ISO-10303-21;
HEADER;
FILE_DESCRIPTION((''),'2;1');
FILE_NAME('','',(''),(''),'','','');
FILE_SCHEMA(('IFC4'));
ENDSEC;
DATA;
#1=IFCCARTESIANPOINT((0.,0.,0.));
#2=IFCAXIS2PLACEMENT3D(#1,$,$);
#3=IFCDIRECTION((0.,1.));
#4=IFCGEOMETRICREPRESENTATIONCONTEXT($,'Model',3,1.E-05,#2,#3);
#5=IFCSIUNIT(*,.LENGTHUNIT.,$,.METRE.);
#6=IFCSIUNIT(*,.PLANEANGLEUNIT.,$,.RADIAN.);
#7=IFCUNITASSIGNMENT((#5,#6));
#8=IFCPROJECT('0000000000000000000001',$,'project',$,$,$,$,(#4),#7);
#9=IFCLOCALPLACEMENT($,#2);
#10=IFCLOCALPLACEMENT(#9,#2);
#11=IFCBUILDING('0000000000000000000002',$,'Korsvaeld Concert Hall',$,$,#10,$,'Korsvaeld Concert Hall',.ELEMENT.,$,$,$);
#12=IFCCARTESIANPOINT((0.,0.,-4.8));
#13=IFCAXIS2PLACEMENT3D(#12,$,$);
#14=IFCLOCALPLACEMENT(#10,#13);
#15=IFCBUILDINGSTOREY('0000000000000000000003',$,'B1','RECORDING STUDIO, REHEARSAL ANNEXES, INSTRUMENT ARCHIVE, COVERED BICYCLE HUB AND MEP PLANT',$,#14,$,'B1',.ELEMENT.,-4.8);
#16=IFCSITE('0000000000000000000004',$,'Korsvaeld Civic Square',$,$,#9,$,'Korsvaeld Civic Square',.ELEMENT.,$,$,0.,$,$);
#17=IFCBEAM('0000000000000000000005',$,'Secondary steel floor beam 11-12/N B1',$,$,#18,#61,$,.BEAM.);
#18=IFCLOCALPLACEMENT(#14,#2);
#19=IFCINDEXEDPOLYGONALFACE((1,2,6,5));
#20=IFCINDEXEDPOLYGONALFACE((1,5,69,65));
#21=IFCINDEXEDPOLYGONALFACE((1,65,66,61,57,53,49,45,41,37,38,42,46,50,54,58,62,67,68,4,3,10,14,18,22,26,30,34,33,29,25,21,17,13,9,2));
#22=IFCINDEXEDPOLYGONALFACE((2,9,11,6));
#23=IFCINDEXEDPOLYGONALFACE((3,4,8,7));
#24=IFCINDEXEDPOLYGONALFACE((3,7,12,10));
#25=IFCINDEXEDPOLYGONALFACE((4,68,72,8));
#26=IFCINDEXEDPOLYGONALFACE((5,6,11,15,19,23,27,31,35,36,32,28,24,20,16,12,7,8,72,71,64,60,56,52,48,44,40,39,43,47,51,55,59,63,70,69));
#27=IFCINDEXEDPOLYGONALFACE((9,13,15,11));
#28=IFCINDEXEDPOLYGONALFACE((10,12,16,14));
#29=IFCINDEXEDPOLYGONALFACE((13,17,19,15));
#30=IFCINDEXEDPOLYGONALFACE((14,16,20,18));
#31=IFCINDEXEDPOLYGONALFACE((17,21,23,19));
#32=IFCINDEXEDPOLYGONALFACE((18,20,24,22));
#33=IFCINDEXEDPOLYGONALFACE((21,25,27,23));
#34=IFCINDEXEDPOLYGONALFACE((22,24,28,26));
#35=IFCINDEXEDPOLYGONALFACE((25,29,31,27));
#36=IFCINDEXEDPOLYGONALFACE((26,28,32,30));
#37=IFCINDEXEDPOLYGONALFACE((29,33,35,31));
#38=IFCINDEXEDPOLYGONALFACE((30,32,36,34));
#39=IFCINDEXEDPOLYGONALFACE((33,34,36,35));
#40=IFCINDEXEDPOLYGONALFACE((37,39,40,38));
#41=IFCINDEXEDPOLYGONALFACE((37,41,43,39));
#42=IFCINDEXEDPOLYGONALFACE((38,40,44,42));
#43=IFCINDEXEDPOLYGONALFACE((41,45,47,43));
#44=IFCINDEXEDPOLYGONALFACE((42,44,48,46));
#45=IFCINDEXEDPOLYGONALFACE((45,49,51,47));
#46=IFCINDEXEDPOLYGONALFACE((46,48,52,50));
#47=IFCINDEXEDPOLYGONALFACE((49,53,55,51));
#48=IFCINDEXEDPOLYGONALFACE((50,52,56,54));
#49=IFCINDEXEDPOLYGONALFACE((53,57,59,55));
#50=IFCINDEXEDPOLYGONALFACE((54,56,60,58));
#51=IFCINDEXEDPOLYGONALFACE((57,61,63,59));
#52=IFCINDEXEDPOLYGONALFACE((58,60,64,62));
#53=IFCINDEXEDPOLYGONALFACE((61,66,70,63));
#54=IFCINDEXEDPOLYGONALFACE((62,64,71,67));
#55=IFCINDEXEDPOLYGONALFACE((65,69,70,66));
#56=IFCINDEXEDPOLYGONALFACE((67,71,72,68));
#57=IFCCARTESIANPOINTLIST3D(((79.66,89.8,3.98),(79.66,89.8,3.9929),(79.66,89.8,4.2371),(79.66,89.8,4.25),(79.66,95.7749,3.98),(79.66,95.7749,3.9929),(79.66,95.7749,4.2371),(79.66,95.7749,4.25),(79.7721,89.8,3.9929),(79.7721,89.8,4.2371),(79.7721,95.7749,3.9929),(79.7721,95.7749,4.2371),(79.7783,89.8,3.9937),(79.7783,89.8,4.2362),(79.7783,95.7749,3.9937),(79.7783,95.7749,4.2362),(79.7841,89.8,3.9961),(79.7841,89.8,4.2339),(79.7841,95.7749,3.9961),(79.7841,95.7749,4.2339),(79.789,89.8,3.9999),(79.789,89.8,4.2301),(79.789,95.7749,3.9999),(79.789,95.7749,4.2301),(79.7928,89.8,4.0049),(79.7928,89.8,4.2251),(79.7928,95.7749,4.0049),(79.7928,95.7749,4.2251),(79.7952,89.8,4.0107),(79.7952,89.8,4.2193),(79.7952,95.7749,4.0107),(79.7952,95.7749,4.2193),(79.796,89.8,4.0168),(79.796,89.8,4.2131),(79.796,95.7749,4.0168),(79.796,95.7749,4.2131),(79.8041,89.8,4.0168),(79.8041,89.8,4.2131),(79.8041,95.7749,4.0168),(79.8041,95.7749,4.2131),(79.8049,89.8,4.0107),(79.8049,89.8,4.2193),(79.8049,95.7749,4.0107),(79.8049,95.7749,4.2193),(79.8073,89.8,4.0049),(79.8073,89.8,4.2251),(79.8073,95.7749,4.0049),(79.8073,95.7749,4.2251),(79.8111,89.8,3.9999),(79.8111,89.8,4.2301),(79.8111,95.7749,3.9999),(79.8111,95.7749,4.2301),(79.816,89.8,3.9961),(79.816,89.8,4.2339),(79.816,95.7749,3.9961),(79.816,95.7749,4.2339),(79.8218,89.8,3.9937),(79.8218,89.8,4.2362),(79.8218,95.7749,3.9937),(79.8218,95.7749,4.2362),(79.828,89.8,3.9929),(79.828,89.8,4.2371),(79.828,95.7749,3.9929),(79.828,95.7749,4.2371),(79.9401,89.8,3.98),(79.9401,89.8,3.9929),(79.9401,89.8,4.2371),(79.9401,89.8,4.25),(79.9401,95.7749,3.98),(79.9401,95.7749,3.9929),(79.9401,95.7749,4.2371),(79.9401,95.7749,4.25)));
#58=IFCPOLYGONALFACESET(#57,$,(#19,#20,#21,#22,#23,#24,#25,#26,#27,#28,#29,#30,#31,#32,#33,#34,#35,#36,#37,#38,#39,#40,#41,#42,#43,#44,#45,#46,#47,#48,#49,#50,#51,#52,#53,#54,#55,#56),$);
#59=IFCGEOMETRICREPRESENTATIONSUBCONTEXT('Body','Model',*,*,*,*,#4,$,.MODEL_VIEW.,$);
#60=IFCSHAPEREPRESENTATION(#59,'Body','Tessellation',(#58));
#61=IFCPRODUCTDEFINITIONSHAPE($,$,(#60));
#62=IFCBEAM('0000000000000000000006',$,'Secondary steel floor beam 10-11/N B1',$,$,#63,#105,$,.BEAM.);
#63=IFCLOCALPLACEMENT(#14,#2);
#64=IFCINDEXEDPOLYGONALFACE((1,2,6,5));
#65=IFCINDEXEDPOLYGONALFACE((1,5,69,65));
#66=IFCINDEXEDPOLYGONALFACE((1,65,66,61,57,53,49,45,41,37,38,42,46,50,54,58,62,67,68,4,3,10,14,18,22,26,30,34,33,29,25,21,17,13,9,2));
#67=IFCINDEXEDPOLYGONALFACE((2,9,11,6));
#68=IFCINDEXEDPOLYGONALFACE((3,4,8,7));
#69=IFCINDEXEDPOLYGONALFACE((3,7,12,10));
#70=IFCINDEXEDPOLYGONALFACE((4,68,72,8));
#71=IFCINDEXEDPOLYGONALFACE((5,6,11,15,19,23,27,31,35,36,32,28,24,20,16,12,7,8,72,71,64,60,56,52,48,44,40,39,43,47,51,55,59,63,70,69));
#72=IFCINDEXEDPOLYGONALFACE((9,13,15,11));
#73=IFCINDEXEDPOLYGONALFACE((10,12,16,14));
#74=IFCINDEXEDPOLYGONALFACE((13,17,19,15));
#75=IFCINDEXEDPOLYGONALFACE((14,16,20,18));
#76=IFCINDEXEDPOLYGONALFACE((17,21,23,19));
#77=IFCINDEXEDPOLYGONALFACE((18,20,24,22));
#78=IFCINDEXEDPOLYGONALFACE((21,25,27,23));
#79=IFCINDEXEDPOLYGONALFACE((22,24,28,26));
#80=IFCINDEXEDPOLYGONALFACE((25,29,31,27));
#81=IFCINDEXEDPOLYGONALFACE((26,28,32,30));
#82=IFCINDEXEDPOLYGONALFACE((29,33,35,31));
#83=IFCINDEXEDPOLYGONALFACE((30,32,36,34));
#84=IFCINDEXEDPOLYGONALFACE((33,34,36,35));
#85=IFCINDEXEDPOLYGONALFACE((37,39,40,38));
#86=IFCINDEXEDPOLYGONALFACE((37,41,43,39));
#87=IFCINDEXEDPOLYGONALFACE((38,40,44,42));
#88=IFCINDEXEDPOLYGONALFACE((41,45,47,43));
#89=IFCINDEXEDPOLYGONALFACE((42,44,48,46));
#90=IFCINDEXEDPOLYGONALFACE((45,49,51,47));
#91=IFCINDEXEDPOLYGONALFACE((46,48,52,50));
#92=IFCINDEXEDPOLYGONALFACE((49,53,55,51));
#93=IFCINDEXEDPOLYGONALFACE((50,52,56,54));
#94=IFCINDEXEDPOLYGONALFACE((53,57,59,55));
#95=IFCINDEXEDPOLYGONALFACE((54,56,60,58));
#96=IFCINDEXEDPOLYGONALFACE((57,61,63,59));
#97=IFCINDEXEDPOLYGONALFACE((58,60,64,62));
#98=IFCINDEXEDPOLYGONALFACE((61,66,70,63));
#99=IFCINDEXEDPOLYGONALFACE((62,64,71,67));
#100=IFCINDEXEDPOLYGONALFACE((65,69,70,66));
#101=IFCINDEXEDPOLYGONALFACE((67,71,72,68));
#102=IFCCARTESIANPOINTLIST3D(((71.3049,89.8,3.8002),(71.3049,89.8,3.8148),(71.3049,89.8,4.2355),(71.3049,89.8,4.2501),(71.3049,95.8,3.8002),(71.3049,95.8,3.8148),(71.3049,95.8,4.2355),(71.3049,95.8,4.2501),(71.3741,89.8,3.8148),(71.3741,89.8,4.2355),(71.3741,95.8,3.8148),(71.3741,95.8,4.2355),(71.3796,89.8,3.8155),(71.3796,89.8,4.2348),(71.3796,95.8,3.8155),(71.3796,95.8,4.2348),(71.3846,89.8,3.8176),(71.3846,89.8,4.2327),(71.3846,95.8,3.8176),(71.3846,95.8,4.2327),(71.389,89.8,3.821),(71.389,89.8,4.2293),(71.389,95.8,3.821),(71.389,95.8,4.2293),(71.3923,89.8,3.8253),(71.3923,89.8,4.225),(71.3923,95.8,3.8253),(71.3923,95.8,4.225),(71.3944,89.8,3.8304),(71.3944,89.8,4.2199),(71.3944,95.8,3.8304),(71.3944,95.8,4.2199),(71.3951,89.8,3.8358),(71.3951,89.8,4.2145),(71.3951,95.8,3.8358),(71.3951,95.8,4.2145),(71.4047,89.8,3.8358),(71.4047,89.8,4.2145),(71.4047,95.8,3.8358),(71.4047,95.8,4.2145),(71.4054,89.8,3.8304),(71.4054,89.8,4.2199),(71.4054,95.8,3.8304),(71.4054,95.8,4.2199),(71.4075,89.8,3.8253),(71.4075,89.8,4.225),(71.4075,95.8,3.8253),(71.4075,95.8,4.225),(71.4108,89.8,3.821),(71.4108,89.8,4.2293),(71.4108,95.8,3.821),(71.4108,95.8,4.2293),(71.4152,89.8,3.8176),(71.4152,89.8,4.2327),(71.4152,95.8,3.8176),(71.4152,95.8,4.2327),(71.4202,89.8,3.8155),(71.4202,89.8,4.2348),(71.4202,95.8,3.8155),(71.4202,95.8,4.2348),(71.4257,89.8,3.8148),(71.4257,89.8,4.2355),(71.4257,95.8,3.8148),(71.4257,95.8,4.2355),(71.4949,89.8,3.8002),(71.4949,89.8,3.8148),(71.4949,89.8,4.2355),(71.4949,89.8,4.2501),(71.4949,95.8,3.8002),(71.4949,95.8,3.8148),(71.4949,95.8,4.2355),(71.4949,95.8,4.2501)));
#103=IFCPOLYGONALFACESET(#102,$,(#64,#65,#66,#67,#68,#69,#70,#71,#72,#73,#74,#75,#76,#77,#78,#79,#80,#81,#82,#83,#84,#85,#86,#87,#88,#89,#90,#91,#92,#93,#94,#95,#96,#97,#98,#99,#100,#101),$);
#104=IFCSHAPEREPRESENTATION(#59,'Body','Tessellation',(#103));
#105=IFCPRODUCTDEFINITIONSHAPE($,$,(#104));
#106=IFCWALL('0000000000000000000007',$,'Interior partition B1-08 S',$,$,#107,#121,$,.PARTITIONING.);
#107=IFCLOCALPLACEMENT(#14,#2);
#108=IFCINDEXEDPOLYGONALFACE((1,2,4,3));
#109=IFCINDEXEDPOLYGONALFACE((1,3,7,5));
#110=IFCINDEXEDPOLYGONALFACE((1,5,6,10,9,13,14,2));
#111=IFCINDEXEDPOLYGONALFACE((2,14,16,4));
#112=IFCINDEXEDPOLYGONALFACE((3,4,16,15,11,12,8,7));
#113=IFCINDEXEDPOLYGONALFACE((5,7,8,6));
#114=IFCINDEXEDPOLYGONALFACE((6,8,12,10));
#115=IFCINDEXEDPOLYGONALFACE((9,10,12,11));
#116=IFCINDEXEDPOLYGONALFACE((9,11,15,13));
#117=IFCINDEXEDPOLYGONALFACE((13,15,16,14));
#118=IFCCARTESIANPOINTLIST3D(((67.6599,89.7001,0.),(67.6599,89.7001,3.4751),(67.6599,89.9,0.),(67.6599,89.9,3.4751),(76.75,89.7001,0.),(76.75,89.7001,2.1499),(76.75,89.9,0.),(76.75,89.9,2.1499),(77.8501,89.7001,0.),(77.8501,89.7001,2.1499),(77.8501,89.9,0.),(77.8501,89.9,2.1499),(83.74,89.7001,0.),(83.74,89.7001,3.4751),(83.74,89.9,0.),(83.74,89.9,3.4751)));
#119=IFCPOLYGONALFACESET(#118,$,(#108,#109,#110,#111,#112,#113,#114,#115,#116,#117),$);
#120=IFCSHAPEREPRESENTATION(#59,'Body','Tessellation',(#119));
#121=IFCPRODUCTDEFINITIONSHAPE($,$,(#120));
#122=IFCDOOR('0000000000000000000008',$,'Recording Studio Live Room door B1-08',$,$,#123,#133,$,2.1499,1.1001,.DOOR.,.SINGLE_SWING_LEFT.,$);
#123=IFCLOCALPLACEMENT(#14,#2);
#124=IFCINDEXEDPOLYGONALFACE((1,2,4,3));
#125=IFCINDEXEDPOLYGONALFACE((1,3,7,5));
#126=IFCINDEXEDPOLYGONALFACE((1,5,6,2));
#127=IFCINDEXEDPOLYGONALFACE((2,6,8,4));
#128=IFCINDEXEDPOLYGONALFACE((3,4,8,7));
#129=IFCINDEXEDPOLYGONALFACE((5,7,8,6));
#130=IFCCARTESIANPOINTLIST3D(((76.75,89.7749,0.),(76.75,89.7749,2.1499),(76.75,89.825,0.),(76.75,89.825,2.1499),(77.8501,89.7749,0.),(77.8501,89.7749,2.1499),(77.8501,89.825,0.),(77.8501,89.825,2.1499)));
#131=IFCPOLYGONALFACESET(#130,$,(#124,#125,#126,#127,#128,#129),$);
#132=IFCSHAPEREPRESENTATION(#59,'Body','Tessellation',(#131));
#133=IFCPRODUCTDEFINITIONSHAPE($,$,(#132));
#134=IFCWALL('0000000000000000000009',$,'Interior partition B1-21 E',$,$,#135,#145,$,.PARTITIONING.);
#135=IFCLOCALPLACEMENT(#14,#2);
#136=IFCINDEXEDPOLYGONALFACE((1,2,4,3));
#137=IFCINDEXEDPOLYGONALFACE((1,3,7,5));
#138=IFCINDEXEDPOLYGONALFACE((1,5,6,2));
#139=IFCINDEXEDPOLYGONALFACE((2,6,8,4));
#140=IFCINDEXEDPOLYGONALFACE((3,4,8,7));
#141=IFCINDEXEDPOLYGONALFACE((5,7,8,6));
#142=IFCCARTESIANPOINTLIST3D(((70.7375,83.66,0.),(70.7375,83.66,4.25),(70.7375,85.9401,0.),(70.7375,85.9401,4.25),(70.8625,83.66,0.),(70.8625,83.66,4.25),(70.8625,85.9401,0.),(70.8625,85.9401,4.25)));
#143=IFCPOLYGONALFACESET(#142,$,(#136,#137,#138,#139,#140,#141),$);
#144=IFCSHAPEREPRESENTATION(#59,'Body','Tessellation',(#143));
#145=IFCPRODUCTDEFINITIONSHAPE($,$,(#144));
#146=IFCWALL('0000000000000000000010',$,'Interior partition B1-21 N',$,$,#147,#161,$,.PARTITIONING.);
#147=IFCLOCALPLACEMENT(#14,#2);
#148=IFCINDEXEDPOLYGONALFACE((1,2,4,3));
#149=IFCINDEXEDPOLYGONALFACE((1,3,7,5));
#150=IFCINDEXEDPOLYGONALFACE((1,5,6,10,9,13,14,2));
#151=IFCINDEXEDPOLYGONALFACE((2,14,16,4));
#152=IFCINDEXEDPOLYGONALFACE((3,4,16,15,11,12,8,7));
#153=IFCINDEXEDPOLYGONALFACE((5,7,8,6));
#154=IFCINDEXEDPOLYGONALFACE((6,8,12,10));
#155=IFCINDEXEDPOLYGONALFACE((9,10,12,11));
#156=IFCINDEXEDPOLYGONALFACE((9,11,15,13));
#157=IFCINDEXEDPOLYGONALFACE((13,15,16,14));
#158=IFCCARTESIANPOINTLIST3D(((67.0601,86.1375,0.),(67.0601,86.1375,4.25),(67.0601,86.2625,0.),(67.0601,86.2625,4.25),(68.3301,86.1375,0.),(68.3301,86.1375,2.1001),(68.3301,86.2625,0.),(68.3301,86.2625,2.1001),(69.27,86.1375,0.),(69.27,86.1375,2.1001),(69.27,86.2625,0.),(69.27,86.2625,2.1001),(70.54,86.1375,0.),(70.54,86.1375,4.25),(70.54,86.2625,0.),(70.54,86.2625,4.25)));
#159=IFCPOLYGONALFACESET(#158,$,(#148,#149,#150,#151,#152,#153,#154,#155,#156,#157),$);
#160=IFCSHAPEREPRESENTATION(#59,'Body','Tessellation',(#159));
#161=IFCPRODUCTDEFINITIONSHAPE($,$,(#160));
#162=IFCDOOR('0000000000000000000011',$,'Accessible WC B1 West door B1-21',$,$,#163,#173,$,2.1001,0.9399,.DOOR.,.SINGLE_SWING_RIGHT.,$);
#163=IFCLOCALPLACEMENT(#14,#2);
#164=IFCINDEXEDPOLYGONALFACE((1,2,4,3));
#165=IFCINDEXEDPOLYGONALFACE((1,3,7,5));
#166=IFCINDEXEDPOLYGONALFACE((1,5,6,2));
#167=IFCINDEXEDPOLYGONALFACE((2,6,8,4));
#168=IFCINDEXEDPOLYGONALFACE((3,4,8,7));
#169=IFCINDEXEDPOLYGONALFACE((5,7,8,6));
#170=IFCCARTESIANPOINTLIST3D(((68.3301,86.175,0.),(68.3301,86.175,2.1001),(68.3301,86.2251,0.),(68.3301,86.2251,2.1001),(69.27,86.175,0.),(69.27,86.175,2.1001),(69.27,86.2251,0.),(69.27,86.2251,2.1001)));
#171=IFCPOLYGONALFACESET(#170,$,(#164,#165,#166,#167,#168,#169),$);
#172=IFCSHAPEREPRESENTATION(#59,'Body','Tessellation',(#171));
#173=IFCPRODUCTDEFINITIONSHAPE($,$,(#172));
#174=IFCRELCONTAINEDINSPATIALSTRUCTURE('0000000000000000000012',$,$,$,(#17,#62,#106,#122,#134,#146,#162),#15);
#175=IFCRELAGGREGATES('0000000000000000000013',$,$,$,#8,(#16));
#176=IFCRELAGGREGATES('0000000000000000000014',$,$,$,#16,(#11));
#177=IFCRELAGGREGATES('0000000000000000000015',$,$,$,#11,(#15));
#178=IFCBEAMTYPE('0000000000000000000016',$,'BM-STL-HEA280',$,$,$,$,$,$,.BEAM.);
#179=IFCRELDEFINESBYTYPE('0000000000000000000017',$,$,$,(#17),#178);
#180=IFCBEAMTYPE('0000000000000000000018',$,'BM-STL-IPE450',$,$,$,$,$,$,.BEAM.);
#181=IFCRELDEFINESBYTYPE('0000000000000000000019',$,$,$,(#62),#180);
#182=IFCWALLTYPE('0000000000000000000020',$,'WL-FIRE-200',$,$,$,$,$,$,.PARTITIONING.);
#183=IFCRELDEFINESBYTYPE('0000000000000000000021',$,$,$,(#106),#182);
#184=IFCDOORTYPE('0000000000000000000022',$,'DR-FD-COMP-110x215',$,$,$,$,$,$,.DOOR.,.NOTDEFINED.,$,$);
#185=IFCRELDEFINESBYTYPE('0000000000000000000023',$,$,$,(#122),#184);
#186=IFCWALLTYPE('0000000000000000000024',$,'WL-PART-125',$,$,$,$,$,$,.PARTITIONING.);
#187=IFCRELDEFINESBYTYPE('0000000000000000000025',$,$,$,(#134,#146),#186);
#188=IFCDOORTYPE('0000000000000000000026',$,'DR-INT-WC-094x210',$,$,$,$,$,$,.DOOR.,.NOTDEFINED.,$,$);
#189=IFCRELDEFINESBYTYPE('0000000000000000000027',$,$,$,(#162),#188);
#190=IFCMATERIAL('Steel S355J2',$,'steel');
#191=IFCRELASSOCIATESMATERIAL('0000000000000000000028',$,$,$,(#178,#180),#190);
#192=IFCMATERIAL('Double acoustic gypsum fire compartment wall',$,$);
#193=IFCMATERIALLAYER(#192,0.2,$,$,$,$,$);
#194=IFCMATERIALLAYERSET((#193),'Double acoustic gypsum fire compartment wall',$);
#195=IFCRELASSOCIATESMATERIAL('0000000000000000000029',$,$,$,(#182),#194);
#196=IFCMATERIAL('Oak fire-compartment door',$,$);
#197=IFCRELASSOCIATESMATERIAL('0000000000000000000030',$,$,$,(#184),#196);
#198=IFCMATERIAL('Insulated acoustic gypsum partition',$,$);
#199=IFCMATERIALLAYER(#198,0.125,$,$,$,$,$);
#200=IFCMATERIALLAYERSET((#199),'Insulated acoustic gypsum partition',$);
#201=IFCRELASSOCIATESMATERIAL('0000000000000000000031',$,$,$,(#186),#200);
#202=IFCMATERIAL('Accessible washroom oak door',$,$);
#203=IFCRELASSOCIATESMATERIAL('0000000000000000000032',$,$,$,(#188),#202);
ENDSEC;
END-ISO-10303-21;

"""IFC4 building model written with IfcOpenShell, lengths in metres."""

from ifc_helpers import new_model, si_unit, direction, frame, frame_2d, origin, origin_2d, place, context, subcontext, project, spatial, rectangle, i_section, extrude, material, layer, layer_set, material_profile, profile_set, type_object, element, fill, save


model = new_model("IFC4")

# Units and contexts
model_context = context("Model", 3, precision=1e-05, world=origin(), true_north=direction((0.0, 1.0)))
body_context = subcontext(model_context, "Body", "Model", "MODEL_VIEW")
ifc_project = project(units=[si_unit("LENGTHUNIT", "METRE"), si_unit("PLANEANGLEUNIT", "RADIAN")], contexts=[model_context])

# Site, building, storey
site_placement = place(None, origin())
site = spatial("IfcSite", under=ifc_project, at=site_placement, Name="Korsvaeld Civic Square", LongName="Korsvaeld Civic Square", CompositionType="ELEMENT", RefElevation=0.0)
building_placement = place(site_placement, origin())
building = spatial("IfcBuilding", under=site, at=building_placement, Name="Korsvaeld Concert Hall", LongName="Korsvaeld Concert Hall", CompositionType="ELEMENT")
storey_placement = place(building_placement, frame((0.0, 0.0, -4.8)))
storey = spatial("IfcBuildingStorey", under=building, at=storey_placement, Name="B1", Description="RECORDING STUDIO, REHEARSAL ANNEXES, INSTRUMENT ARCHIVE, COVERED BICYCLE HUB AND MEP PLANT", LongName="B1", CompositionType="ELEMENT", Elevation=-4.8)

# Beams
ifc_material_1 = material(Name="Steel S355J2", Category="steel")
ifc_material_profile_1 = material_profile(ifc_material_1, i_section(OverallWidth=0.28, OverallDepth=0.27, WebThickness=0.0081, FlangeThickness=0.0129, FilletRadius=0.0239, at=origin_2d()), Name="HEA 280")
ifc_profile_set_1 = profile_set([ifc_material_profile_1], Name="Steel S355J2")
beam_type_1 = type_object("IfcBeamType", Name="BM-STL-HEA280", PredefinedType="BEAM", material=ifc_profile_set_1)
beam_1_placement = place(storey_placement, frame((79.8, 89.8, 4.115), z_axis=(0.0, 1.0, 0.0), x_axis=(-1.0, 0.0, 0.0)))
element("IfcBeam", 1, at=beam_1_placement, inside=storey, type_object=beam_type_1, Name="Secondary steel floor beam 11-12/N B1", PredefinedType="BEAM", context=body_context, shape_type="SweptSolid", body=[
    extrude(i_section(OverallWidth=0.28, OverallDepth=0.27, WebThickness=0.0081, FlangeThickness=0.0129, FilletRadius=0.0239, at=origin_2d()), origin(), (0.0, 0.0, 1.0), 5.9749),
])
ifc_material_profile_2 = material_profile(ifc_material_1, i_section(OverallWidth=0.1899, OverallDepth=0.45, WebThickness=0.0095, FlangeThickness=0.0146, FilletRadius=0.021, at=origin_2d()), Name="IPE 450")
ifc_profile_set_2 = profile_set([ifc_material_profile_2], Name="Steel S355J2")
beam_type_2 = type_object("IfcBeamType", Name="BM-STL-IPE450", PredefinedType="BEAM", material=ifc_profile_set_2)
beam_2_placement = place(storey_placement, frame((71.3999, 89.8, 4.0251), z_axis=(0.0, 1.0, 0.0), x_axis=(-1.0, 0.0, 0.0)))
element("IfcBeam", 2, at=beam_2_placement, inside=storey, type_object=beam_type_2, Name="Secondary steel floor beam 10-11/N B1", PredefinedType="BEAM", context=body_context, shape_type="SweptSolid", body=[
    extrude(i_section(OverallWidth=0.1899, OverallDepth=0.45, WebThickness=0.0095, FlangeThickness=0.0146, FilletRadius=0.021, at=origin_2d()), origin(), (0.0, 0.0, 1.0), 6.0),
])

# Wall, opening, door
ifc_material_2 = material(Name="Double acoustic gypsum fire compartment wall")
ifc_layer_1 = layer(ifc_material_2, 0.2)
ifc_layer_set_1 = layer_set([ifc_layer_1], Name="Double acoustic gypsum fire compartment wall")
wall_type_1 = type_object("IfcWallType", Name="WL-FIRE-200", PredefinedType="PARTITIONING", material=ifc_layer_set_1)
wall_1_placement = place(storey_placement, frame((67.6599, 89.8, 0.0), z_axis=(0.0, 0.0, 1.0), x_axis=(1.0, 0.0, 0.0)))
wall_1 = element("IfcWall", 3, at=wall_1_placement, inside=storey, type_object=wall_type_1, Name="Interior partition B1-08 S", PredefinedType="PARTITIONING", context=body_context, shape_type="SweptSolid", body=[
    extrude(rectangle(XDim=16.0801, YDim=0.2, at=frame_2d((8.04, 0.0))), origin(), (0.0, 0.0, 1.0), 3.4751),
])
opening_1_placement = place(wall_1_placement, frame((9.0901, 0.0, 0.0)))
opening_1 = element("IfcOpeningElement", 4, at=opening_1_placement, cuts=wall_1, PredefinedType="OPENING", context=body_context, shape_type="SweptSolid", body=[
    extrude(rectangle(XDim=1.1001, YDim=2.1499, at=frame_2d((0.55, 1.075))), frame((0.0, 0.1099, 0.0), z_axis=(0.0, -1.0, 0.0), x_axis=(1.0, 0.0, 0.0)), (0.0, 0.0, 1.0), 0.22),
])
ifc_material_3 = material(Name="Oak fire-compartment door")
door_type_1 = type_object("IfcDoorType", Name="DR-FD-COMP-110x215", OperationType="NOTDEFINED", PredefinedType="DOOR", material=ifc_material_3)
door_1_placement = place(opening_1_placement, origin())
door_1 = element("IfcDoor", 5, at=door_1_placement, inside=storey, type_object=door_type_1, Name="Recording Studio Live Room door B1-08", OperationType="SINGLE_SWING_LEFT", OverallHeight=2.1499, OverallWidth=1.1001, PredefinedType="DOOR", context=body_context, shape_type="SweptSolid", body=[
    extrude(rectangle(XDim=1.1001, YDim=2.1499, at=frame_2d((0.55, 1.075))), frame((0.0, 0.0249, 0.0), z_axis=(0.0, -1.0, 0.0), x_axis=(1.0, 0.0, 0.0)), (0.0, 0.0, 1.0), 0.05),
])
fill(opening_1, door_1)

# Wall
ifc_material_4 = material(Name="Insulated acoustic gypsum partition")
ifc_layer_2 = layer(ifc_material_4, 0.125)
ifc_layer_set_2 = layer_set([ifc_layer_2], Name="Insulated acoustic gypsum partition")
wall_type_2 = type_object("IfcWallType", Name="WL-PART-125", PredefinedType="PARTITIONING", material=ifc_layer_set_2)
wall_2_placement = place(storey_placement, frame((70.8, 83.6599, 0.0), z_axis=(0.0, 0.0, 1.0), x_axis=(0.0, 1.0, 0.0)))
element("IfcWall", 6, at=wall_2_placement, inside=storey, type_object=wall_type_2, Name="Interior partition B1-21 E", PredefinedType="PARTITIONING", context=body_context, shape_type="SweptSolid", body=[
    extrude(rectangle(XDim=2.28, YDim=0.125, at=frame_2d((1.1401, 0.0))), origin(), (0.0, 0.0, 1.0), 4.25),
])

# Wall, opening, door
wall_3_placement = place(storey_placement, frame((70.54, 86.2, 0.0), z_axis=(0.0, 0.0, 1.0), x_axis=(-1.0, 0.0, 0.0)))
wall_3 = element("IfcWall", 7, at=wall_3_placement, inside=storey, type_object=wall_type_2, Name="Interior partition B1-21 N", PredefinedType="PARTITIONING", context=body_context, shape_type="SweptSolid", body=[
    extrude(rectangle(XDim=3.48, YDim=0.125, at=frame_2d((1.74, 0.0))), origin(), (0.0, 0.0, 1.0), 4.25),
])
opening_2_placement = place(wall_3_placement, frame((1.27, 0.0, 0.0)))
opening_2 = element("IfcOpeningElement", 8, at=opening_2_placement, cuts=wall_3, PredefinedType="OPENING", context=body_context, shape_type="SweptSolid", body=[
    extrude(rectangle(XDim=0.9399, YDim=2.1001, at=frame_2d((0.47, 1.05))), frame((0.0, 0.0725, 0.0), z_axis=(0.0, -1.0, 0.0), x_axis=(1.0, 0.0, 0.0)), (0.0, 0.0, 1.0), 0.145),
])
ifc_material_5 = material(Name="Accessible washroom oak door")
door_type_2 = type_object("IfcDoorType", Name="DR-INT-WC-094x210", OperationType="NOTDEFINED", PredefinedType="DOOR", material=ifc_material_5)
door_2_placement = place(opening_2_placement, origin())
door_2 = element("IfcDoor", 9, at=door_2_placement, inside=storey, type_object=door_type_2, Name="Accessible WC B1 West door B1-21", OperationType="SINGLE_SWING_RIGHT", OverallHeight=2.1001, OverallWidth=0.9399, PredefinedType="DOOR", context=body_context, shape_type="SweptSolid", body=[
    extrude(rectangle(XDim=0.9399, YDim=2.1001, at=frame_2d((0.47, 1.05))), frame((0.0, 0.0249, 0.0), z_axis=(0.0, -1.0, 0.0), x_axis=(1.0, 0.0, 0.0)), (0.0, 0.0, 1.0), 0.05),
])
fill(opening_2, door_2)

save(model, "model.ifc")
